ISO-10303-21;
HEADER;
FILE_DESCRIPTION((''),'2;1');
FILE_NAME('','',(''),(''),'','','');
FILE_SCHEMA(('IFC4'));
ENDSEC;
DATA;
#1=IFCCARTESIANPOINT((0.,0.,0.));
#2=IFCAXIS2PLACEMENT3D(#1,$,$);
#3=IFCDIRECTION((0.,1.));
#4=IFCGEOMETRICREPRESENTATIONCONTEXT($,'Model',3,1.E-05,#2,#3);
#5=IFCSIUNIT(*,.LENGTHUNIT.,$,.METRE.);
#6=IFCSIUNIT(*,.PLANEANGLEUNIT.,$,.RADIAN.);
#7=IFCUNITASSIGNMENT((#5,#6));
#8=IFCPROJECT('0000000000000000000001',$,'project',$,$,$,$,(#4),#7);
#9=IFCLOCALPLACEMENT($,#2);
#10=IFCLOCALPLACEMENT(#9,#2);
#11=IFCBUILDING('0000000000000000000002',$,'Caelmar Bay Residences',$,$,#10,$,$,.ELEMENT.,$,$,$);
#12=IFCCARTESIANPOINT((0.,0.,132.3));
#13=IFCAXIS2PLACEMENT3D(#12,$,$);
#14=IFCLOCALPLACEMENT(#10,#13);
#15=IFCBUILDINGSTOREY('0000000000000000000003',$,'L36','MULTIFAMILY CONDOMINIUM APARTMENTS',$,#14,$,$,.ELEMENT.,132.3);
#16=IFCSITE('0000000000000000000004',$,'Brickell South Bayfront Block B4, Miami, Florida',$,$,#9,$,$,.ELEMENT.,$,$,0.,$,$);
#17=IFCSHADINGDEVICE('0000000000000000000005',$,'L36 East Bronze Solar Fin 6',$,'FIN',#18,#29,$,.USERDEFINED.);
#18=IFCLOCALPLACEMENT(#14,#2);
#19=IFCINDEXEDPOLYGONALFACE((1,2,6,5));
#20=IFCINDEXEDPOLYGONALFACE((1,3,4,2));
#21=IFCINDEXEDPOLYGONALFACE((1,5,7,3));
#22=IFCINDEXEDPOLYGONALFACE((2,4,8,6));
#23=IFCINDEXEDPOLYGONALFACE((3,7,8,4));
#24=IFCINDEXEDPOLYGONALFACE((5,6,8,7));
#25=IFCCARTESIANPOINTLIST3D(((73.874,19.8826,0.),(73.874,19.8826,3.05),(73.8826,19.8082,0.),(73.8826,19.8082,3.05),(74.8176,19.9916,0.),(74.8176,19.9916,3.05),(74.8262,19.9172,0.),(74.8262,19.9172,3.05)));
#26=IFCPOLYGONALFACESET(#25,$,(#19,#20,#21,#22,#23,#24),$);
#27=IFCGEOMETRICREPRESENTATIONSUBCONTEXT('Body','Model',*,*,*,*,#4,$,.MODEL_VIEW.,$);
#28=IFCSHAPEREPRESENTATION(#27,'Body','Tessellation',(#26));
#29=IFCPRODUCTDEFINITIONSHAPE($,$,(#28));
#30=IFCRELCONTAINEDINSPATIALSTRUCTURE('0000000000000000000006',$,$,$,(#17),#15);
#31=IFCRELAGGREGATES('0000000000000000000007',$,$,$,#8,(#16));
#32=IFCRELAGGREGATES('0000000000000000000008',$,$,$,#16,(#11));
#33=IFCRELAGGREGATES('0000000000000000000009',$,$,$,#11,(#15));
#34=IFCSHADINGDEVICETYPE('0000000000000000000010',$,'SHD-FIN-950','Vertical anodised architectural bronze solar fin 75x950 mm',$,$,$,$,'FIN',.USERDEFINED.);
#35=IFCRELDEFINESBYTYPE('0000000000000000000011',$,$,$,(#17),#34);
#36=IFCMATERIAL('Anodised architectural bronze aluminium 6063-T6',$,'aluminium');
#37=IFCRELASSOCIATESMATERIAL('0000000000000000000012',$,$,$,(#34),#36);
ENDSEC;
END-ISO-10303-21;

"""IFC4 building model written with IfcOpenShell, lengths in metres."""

from ifc_helpers import new_model, si_unit, direction, frame, origin, origin_2d, place, context, subcontext, project, spatial, rectangle, extrude, material, material_profile, profile_set, type_object, element, save


model = new_model("IFC4")

# Units and contexts
model_context = context("Model", 3, precision=1e-05, world=origin(), true_north=direction((0.0, 1.0)))
body_context = subcontext(model_context, "Body", "Model", "MODEL_VIEW")
ifc_project = project(units=[si_unit("LENGTHUNIT", "METRE"), si_unit("PLANEANGLEUNIT", "RADIAN")], contexts=[model_context])

# Site, building, storey
site_placement = place(None, origin())
site = spatial("IfcSite", under=ifc_project, at=site_placement, Name="Brickell South Bayfront Block B4, Miami, Florida", CompositionType="ELEMENT", RefElevation=0.0)
building_placement = place(site_placement, origin())
building = spatial("IfcBuilding", under=site, at=building_placement, Name="Caelmar Bay Residences", CompositionType="ELEMENT")
storey_placement = place(building_placement, frame((0.0, 0.0, 132.3)))
storey = spatial("IfcBuildingStorey", under=building, at=storey_placement, Name="L36", Description="MULTIFAMILY CONDOMINIUM APARTMENTS", CompositionType="ELEMENT", Elevation=132.3)

# Shading device
ifc_material_1 = material(Name="Anodised architectural bronze aluminium 6063-T6", Category="aluminium")
ifc_material_profile_1 = material_profile(ifc_material_1, rectangle(XDim=0.075, YDim=0.95, at=origin_2d()), Name="BRONZE-FIN-75X950")
ifc_profile_set_1 = profile_set([ifc_material_profile_1], Name="Anodised architectural bronze aluminium 6063-T6")
shading_device_type = type_object("IfcShadingDeviceType", Name="SHD-FIN-950", Description="Vertical anodised architectural bronze solar fin 75x950 mm", ElementType="FIN", PredefinedType="USERDEFINED", material=ifc_profile_set_1)
for number, where, z_axis, x_axis, name in (
    (1, (74.3501, 19.8999, 0.0), (0.0, 0.0, 1.0), (-0.114764, 0.993393, 0.0), "L36 East Bronze Solar Fin 6"),
):
    element("IfcShadingDevice", number, at=place(storey_placement, frame(where, z_axis=z_axis, x_axis=x_axis)), inside=storey, type_object=shading_device_type, Name=name, ObjectType="FIN", PredefinedType="USERDEFINED", context=body_context, shape_type="SweptSolid", body=[
        extrude(rectangle(XDim=0.075, YDim=0.95, at=origin_2d()), origin(), (0.0, 0.0, 1.0), 3.05),
    ])

save(model, "model.ifc")
